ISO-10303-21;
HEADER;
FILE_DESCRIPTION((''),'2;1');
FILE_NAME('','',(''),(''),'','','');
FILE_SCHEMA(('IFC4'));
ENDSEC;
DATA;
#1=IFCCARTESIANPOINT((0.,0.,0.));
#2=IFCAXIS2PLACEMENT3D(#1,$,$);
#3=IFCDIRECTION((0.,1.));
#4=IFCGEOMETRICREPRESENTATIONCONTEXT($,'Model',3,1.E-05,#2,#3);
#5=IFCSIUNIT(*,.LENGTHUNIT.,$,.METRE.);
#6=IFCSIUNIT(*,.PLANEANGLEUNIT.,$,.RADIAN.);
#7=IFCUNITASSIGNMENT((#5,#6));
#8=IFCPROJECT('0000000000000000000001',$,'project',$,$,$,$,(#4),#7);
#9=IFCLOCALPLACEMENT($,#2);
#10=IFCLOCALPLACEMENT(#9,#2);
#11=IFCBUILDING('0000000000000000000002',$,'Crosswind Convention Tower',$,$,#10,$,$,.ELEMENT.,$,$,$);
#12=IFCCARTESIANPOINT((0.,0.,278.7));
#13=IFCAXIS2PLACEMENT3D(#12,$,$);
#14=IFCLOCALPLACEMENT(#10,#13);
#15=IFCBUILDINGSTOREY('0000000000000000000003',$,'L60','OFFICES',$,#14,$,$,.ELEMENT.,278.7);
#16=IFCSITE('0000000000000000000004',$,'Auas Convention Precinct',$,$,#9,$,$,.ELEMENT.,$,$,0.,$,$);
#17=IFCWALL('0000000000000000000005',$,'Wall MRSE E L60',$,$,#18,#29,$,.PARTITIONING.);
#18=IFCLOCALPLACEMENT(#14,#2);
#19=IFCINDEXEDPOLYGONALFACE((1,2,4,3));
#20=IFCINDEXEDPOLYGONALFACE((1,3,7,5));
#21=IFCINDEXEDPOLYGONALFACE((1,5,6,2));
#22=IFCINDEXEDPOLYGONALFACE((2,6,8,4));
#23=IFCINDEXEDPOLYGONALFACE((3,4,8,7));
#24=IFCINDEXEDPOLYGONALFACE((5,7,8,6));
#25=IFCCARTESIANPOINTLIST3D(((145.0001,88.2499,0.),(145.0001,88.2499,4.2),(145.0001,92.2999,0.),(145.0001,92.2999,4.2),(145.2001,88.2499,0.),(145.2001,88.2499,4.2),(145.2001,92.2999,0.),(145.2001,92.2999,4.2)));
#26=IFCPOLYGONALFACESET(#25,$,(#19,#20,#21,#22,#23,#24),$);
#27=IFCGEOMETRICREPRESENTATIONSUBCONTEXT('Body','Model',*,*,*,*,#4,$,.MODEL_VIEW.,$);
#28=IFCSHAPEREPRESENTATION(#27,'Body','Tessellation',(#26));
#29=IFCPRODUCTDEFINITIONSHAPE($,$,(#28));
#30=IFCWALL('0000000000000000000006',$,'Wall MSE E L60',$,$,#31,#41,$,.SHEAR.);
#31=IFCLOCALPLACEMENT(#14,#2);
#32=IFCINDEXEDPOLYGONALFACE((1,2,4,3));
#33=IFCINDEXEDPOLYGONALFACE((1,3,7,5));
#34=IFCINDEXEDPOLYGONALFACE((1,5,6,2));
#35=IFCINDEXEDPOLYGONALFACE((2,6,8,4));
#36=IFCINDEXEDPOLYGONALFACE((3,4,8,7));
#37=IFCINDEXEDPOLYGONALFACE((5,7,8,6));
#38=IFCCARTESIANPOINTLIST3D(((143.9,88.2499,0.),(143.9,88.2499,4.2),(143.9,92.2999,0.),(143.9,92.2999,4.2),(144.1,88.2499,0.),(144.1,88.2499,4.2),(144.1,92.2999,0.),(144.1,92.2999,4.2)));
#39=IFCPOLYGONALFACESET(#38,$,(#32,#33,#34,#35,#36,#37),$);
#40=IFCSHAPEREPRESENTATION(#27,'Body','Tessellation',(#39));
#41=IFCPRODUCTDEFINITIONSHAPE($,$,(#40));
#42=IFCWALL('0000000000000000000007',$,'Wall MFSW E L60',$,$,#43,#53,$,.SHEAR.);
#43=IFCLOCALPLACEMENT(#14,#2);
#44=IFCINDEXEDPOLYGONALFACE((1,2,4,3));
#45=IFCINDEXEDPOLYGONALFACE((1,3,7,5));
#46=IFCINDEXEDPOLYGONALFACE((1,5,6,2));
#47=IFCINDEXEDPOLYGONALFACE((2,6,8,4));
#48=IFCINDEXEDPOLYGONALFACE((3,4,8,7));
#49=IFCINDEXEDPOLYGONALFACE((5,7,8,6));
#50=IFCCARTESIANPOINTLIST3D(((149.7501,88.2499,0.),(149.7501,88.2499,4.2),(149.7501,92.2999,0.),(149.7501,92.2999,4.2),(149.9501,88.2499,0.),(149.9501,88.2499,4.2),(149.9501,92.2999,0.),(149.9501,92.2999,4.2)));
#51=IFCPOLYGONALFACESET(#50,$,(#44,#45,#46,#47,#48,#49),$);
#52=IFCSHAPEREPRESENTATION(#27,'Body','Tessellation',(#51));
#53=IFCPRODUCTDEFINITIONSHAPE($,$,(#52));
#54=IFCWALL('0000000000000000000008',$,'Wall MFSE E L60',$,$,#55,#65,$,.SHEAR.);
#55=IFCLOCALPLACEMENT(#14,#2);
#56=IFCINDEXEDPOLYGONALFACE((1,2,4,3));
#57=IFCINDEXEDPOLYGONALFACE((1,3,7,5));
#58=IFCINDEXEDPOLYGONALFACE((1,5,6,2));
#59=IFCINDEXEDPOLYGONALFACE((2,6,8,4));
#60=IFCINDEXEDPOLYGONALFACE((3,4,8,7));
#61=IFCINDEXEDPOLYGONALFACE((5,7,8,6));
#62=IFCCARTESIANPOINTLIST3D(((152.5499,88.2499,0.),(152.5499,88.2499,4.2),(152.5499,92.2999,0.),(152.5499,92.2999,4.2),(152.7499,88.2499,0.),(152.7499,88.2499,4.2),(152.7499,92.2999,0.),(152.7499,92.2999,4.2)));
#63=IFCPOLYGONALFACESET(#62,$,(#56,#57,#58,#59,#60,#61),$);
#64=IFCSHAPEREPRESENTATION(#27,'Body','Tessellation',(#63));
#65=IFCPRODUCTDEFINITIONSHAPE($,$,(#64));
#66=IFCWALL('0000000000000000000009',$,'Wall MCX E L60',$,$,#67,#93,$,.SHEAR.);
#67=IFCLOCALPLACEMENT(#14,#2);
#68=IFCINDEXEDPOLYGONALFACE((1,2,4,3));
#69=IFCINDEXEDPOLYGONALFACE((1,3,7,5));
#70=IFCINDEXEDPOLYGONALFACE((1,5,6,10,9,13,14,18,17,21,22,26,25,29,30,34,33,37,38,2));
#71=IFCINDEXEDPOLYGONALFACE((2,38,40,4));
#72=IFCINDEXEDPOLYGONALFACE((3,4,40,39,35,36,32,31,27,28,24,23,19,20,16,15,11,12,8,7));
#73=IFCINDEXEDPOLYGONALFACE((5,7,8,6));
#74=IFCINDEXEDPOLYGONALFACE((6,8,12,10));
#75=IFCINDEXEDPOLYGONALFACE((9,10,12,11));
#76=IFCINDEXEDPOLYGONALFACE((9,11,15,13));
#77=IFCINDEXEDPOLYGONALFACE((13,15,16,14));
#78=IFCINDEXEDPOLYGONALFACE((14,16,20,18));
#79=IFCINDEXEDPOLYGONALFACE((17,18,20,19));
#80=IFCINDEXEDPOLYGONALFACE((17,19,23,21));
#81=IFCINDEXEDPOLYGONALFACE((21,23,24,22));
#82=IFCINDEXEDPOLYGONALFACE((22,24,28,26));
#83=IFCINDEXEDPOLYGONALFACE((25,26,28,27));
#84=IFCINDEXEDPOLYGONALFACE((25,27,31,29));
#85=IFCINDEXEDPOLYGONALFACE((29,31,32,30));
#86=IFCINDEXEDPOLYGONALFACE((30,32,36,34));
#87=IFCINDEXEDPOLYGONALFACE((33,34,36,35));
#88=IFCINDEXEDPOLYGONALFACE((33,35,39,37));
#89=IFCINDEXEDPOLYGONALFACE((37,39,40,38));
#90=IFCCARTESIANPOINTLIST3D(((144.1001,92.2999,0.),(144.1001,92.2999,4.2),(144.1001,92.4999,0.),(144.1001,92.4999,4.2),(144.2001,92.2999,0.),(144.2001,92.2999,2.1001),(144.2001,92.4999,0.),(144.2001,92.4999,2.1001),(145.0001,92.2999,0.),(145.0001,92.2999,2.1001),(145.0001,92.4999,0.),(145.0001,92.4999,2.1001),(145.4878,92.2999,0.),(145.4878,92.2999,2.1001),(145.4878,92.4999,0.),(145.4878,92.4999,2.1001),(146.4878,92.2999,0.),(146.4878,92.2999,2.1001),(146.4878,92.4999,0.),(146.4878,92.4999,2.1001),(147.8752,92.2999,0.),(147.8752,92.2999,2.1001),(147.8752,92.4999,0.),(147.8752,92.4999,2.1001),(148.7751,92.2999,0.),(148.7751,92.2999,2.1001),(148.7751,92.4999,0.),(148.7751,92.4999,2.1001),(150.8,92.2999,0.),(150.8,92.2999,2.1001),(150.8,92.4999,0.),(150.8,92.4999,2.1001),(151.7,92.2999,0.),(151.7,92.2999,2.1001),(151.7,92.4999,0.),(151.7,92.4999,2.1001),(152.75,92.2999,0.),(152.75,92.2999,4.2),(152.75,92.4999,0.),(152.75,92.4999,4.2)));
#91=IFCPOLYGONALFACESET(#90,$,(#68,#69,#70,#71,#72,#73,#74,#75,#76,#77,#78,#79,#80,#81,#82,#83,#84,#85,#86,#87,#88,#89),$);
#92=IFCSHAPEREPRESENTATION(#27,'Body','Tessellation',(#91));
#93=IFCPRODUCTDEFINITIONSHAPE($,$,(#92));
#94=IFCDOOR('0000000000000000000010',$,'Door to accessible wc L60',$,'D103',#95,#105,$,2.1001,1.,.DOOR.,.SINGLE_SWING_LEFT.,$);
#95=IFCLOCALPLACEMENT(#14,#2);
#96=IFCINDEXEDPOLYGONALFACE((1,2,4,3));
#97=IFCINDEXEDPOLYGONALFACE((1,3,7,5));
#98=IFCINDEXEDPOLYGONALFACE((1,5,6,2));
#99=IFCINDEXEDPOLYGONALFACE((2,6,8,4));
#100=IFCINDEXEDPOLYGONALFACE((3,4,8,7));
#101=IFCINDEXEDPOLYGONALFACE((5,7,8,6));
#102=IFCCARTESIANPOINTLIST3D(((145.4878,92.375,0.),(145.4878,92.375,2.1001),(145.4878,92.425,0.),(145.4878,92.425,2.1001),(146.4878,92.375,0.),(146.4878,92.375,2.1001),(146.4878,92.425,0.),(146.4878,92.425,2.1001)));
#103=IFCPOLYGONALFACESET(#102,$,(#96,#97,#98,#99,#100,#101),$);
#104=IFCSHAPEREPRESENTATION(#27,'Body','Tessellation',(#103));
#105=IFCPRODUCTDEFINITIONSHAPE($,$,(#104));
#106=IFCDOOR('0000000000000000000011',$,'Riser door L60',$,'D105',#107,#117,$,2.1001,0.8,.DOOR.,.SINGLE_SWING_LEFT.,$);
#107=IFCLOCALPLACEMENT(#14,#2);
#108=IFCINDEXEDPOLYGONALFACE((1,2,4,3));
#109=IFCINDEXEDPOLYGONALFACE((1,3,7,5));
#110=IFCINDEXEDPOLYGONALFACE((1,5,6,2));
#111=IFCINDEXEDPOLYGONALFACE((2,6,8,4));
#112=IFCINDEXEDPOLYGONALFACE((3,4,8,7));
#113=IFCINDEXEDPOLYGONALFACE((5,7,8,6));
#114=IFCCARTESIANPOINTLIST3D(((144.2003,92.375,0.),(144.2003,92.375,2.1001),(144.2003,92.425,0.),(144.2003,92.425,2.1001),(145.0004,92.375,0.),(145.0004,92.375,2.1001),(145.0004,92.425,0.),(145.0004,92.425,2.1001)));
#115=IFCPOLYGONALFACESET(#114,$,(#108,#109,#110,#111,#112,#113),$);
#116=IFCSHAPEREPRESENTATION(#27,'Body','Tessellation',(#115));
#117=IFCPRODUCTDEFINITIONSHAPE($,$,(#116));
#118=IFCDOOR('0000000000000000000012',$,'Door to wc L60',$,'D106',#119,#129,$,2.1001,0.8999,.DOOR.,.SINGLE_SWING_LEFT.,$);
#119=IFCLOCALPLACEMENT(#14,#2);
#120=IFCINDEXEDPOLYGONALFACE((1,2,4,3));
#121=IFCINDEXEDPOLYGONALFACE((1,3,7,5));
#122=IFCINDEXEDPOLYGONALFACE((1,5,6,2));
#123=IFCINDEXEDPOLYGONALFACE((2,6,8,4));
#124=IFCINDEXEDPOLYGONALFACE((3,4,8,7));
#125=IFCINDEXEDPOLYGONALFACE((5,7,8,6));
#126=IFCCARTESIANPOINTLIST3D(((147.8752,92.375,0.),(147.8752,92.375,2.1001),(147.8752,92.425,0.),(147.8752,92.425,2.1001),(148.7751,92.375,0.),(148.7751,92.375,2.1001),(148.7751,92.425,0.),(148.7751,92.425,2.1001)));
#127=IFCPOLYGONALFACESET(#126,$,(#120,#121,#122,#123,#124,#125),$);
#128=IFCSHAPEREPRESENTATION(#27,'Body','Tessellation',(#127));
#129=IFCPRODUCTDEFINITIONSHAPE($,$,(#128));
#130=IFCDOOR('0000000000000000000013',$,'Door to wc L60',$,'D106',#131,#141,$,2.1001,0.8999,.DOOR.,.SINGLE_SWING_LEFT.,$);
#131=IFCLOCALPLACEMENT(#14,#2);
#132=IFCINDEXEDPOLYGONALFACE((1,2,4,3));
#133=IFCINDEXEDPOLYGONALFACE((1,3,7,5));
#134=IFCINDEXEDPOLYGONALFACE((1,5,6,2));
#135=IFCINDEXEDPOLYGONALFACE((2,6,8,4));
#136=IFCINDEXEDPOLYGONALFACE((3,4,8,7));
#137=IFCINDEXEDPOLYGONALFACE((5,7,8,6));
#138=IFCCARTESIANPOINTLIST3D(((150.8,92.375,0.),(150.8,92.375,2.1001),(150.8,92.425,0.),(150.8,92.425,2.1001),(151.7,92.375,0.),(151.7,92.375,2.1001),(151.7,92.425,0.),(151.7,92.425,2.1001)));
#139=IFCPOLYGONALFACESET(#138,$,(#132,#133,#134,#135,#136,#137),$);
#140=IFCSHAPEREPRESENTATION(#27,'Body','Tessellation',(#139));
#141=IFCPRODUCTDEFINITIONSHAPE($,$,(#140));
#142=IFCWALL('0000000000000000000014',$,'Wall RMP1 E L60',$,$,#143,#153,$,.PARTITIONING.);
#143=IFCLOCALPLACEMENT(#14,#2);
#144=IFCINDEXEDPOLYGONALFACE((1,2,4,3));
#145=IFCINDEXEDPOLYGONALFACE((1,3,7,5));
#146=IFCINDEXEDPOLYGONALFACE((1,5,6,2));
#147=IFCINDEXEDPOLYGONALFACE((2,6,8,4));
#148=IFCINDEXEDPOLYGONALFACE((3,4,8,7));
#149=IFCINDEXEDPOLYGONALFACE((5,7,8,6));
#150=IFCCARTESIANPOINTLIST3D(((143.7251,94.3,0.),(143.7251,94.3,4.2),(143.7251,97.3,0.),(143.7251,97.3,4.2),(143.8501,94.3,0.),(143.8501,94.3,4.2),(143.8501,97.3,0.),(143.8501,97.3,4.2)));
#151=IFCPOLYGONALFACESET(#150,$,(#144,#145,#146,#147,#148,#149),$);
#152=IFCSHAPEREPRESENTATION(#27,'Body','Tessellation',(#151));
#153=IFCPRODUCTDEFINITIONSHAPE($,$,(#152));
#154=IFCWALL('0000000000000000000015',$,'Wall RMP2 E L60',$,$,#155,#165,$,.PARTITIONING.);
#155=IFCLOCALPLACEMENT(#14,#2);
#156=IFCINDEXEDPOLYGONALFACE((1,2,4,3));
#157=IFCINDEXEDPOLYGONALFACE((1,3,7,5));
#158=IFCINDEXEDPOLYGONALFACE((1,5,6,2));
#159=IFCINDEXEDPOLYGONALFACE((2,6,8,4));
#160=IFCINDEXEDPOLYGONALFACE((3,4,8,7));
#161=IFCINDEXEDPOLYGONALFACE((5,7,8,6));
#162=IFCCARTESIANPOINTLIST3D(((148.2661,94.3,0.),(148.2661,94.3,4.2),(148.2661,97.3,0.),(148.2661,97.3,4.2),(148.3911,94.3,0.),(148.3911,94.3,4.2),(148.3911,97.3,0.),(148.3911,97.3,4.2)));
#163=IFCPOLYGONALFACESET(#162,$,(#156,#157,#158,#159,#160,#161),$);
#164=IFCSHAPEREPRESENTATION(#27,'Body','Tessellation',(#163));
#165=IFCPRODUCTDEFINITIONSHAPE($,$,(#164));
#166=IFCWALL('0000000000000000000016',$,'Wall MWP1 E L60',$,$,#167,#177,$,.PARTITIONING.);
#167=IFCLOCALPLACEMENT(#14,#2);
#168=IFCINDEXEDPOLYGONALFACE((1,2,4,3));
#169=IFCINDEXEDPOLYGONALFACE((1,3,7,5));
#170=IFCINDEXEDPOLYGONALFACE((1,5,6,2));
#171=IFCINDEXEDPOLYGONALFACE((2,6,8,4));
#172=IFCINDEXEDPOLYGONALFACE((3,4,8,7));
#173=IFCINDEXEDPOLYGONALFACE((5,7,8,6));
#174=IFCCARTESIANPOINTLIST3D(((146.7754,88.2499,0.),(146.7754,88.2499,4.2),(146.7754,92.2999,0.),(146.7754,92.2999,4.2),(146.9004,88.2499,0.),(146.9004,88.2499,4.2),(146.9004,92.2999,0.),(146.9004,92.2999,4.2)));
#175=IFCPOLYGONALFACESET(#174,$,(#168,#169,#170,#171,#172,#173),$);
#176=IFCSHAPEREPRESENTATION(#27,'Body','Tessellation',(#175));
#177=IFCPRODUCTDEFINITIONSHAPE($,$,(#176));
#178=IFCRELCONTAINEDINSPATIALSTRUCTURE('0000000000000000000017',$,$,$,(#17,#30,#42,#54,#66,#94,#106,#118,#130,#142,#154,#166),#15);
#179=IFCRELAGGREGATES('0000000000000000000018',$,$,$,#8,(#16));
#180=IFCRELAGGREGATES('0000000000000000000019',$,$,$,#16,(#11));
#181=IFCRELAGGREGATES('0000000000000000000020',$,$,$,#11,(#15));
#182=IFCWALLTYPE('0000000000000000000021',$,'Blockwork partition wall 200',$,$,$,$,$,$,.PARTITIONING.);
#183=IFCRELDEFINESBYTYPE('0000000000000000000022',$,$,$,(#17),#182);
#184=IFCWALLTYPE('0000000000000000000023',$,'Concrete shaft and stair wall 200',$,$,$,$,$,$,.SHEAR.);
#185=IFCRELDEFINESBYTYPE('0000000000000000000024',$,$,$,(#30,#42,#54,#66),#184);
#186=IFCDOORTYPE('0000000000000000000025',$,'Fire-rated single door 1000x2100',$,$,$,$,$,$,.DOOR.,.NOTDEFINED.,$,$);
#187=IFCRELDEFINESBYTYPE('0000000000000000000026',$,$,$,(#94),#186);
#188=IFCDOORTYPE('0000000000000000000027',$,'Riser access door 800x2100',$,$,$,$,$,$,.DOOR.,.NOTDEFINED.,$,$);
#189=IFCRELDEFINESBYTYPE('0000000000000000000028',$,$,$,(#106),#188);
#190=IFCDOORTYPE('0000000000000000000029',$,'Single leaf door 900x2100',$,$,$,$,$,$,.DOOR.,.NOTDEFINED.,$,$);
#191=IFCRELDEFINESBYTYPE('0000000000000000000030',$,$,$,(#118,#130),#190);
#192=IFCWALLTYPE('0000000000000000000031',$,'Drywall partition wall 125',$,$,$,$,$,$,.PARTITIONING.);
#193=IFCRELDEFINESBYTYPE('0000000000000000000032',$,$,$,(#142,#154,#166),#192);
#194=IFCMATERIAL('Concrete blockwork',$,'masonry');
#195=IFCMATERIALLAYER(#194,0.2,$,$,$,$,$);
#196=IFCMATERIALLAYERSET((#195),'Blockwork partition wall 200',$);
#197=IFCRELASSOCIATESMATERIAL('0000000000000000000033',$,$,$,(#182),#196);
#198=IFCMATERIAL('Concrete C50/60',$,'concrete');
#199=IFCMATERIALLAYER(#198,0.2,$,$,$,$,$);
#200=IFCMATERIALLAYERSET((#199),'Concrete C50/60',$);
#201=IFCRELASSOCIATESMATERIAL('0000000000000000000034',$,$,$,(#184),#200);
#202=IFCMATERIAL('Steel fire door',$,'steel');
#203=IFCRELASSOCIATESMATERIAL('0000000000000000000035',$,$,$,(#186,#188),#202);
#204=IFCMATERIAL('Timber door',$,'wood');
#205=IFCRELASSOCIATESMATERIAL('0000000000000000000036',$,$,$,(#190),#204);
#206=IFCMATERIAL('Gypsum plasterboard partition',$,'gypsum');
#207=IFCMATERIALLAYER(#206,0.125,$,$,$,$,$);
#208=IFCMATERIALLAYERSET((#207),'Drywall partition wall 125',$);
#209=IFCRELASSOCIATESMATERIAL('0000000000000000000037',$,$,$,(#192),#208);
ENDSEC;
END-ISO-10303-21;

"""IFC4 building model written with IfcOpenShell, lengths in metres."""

from ifc_helpers import new_model, si_unit, direction, frame, frame_2d, origin, place, context, subcontext, project, spatial, rectangle, extrude, material, layer, layer_set, type_object, element, fill, save


model = new_model("IFC4")

# Units and contexts
model_context = context("Model", 3, precision=1e-05, world=origin(), true_north=direction((0.0, 1.0)))
body_context = subcontext(model_context, "Body", "Model", "MODEL_VIEW")
ifc_project = project(units=[si_unit("LENGTHUNIT", "METRE"), si_unit("PLANEANGLEUNIT", "RADIAN")], contexts=[model_context])

# Site, building, storey
site_placement = place(None, origin())
site = spatial("IfcSite", under=ifc_project, at=site_placement, Name="Auas Convention Precinct", CompositionType="ELEMENT", RefElevation=0.0)
building_placement = place(site_placement, origin())
building = spatial("IfcBuilding", under=site, at=building_placement, Name="Crosswind Convention Tower", CompositionType="ELEMENT")
storey_placement = place(building_placement, frame((0.0, 0.0, 278.7)))
storey = spatial("IfcBuildingStorey", under=building, at=storey_placement, Name="L60", Description="OFFICES", CompositionType="ELEMENT", Elevation=278.7)

# Walls
ifc_material_1 = material(Name="Concrete blockwork", Category="masonry")
ifc_layer_1 = layer(ifc_material_1, 0.2)
ifc_layer_set_1 = layer_set([ifc_layer_1], Name="Blockwork partition wall 200")
wall_type_1 = type_object("IfcWallType", Name="Blockwork partition wall 200", PredefinedType="PARTITIONING", material=ifc_layer_set_1)
wall_1_placement = place(storey_placement, frame((145.1001, 88.25, 0.0), z_axis=(0.0, 0.0, 1.0), x_axis=(0.0, 1.0, 0.0)))
element("IfcWall", 1, at=wall_1_placement, inside=storey, type_object=wall_type_1, Name="Wall MRSE E L60", PredefinedType="PARTITIONING", context=body_context, shape_type="SweptSolid", body=[
    extrude(rectangle(XDim=4.05, YDim=0.2, at=frame_2d((2.0249, 0.0))), origin(), (0.0, 0.0, 1.0), 4.2),
])
ifc_material_2 = material(Name="Concrete C50/60", Category="concrete")
ifc_layer_2 = layer(ifc_material_2, 0.2)
ifc_layer_set_2 = layer_set([ifc_layer_2], Name="Concrete C50/60")
wall_type_2 = type_object("IfcWallType", Name="Concrete shaft and stair wall 200", PredefinedType="SHEAR", material=ifc_layer_set_2)
for number, where, z_axis, x_axis, name in (
    (2, (144.0, 88.25, 0.0), (0.0, 0.0, 1.0), (0.0, 1.0, 0.0), "Wall MSE E L60"),
    (3, (149.8501, 88.25, 0.0), (0.0, 0.0, 1.0), (0.0, 1.0, 0.0), "Wall MFSW E L60"),
    (4, (152.6499, 88.25, 0.0), (0.0, 0.0, 1.0), (0.0, 1.0, 0.0), "Wall MFSE E L60"),
):
    element("IfcWall", number, at=place(storey_placement, frame(where, z_axis=z_axis, x_axis=x_axis)), inside=storey, type_object=wall_type_2, Name=name, PredefinedType="SHEAR", context=body_context, shape_type="SweptSolid", body=[
        extrude(rectangle(XDim=4.05, YDim=0.2, at=frame_2d((2.0249, 0.0))), origin(), (0.0, 0.0, 1.0), 4.2),
    ])

# Wall, openings, doors
wall_2_placement = place(storey_placement, frame((144.1001, 92.3999, 0.0), z_axis=(0.0, 0.0, 1.0), x_axis=(1.0, 0.0, 0.0)))
wall_2 = element("IfcWall", 5, at=wall_2_placement, inside=storey, type_object=wall_type_2, Name="Wall MCX E L60", PredefinedType="SHEAR", context=body_context, shape_type="SweptSolid", body=[
    extrude(rectangle(XDim=8.6499, YDim=0.2, at=frame_2d((4.325, 0.0))), origin(), (0.0, 0.0, 1.0), 4.2),
])
opening_1_placement = place(wall_2_placement, frame((0.1001, 0.0, 0.0)))
opening_1 = element("IfcOpeningElement", 6, at=opening_1_placement, cuts=wall_2, PredefinedType="OPENING", context=body_context, shape_type="SweptSolid", body=[
    extrude(rectangle(XDim=0.8, YDim=2.1001, at=frame_2d((0.3999, 1.05))), frame((0.0, 0.1099, 0.0), z_axis=(0.0, -1.0, 0.0), x_axis=(1.0, 0.0, 0.0)), (0.0, 0.0, 1.0), 0.22),
])
opening_2_placement = place(wall_2_placement, frame((1.3877, 0.0, 0.0)))
opening_2 = element("IfcOpeningElement", 7, at=opening_2_placement, cuts=wall_2, PredefinedType="OPENING", context=body_context, shape_type="SweptSolid", body=[
    extrude(rectangle(XDim=1.0, YDim=2.1001, at=frame_2d((0.5, 1.05))), frame((0.0, 0.1099, 0.0), z_axis=(0.0, -1.0, 0.0), x_axis=(1.0, 0.0, 0.0)), (0.0, 0.0, 1.0), 0.22),
])
opening_3_placement = place(wall_2_placement, frame((3.7751, 0.0, 0.0)))
opening_3 = element("IfcOpeningElement", 8, at=opening_3_placement, cuts=wall_2, PredefinedType="OPENING", context=body_context, shape_type="SweptSolid", body=[
    extrude(rectangle(XDim=0.8999, YDim=2.1001, at=frame_2d((0.45, 1.05))), frame((0.0, 0.1099, 0.0), z_axis=(0.0, -1.0, 0.0), x_axis=(1.0, 0.0, 0.0)), (0.0, 0.0, 1.0), 0.22),
])
opening_4_placement = place(wall_2_placement, frame((6.7, 0.0, 0.0)))
opening_4 = element("IfcOpeningElement", 9, at=opening_4_placement, cuts=wall_2, PredefinedType="OPENING", context=body_context, shape_type="SweptSolid", body=[
    extrude(rectangle(XDim=0.8999, YDim=2.1001, at=frame_2d((0.45, 1.05))), frame((0.0, 0.1099, 0.0), z_axis=(0.0, -1.0, 0.0), x_axis=(1.0, 0.0, 0.0)), (0.0, 0.0, 1.0), 0.22),
])
ifc_material_3 = material(Name="Steel fire door", Category="steel")
door_type_1 = type_object("IfcDoorType", Name="Fire-rated single door 1000x2100", OperationType="NOTDEFINED", PredefinedType="DOOR", material=ifc_material_3)
door_1_placement = place(opening_2_placement, frame((1.0, 0.0, 0.0), z_axis=(0.0, 0.0, 1.0), x_axis=(-1.0, 0.0, 0.0)))
door_1 = element("IfcDoor", 10, at=door_1_placement, inside=storey, type_object=door_type_1, Name="Door to accessible wc L60", ObjectType="D103", OperationType="SINGLE_SWING_LEFT", OverallHeight=2.1001, OverallWidth=1.0, PredefinedType="DOOR", context=body_context, shape_type="SweptSolid", body=[
    extrude(rectangle(XDim=1.0, YDim=2.1001, at=frame_2d((0.5, 1.05))), frame((0.0, 0.0249, 0.0), z_axis=(0.0, -1.0, 0.0), x_axis=(1.0, 0.0, 0.0)), (0.0, 0.0, 1.0), 0.05),
])
fill(opening_2, door_1)
door_type_2 = type_object("IfcDoorType", Name="Riser access door 800x2100", OperationType="NOTDEFINED", PredefinedType="DOOR", material=ifc_material_3)
door_2_placement = place(opening_1_placement, frame((0.8, 0.0, 0.0), z_axis=(0.0, 0.0, 1.0), x_axis=(-1.0, 0.0, 0.0)))
door_2 = element("IfcDoor", 11, at=door_2_placement, inside=storey, type_object=door_type_2, Name="Riser door L60", ObjectType="D105", OperationType="SINGLE_SWING_LEFT", OverallHeight=2.1001, OverallWidth=0.8, PredefinedType="DOOR", context=body_context, shape_type="SweptSolid", body=[
    extrude(rectangle(XDim=0.8, YDim=2.1001, at=frame_2d((0.3999, 1.05))), frame((0.0, 0.0249, 0.0), z_axis=(0.0, -1.0, 0.0), x_axis=(1.0, 0.0, 0.0)), (0.0, 0.0, 1.0), 0.05),
])
fill(opening_1, door_2)
ifc_material_4 = material(Name="Timber door", Category="wood")
door_type_3 = type_object("IfcDoorType", Name="Single leaf door 900x2100", OperationType="NOTDEFINED", PredefinedType="DOOR", material=ifc_material_4)
door_3_placement = place(opening_3_placement, frame((0.8999, 0.0, 0.0), z_axis=(0.0, 0.0, 1.0), x_axis=(-1.0, 0.0, 0.0)))
door_3 = element("IfcDoor", 12, at=door_3_placement, inside=storey, type_object=door_type_3, Name="Door to wc L60", ObjectType="D106", OperationType="SINGLE_SWING_LEFT", OverallHeight=2.1001, OverallWidth=0.8999, PredefinedType="DOOR", context=body_context, shape_type="SweptSolid", body=[
    extrude(rectangle(XDim=0.8999, YDim=2.1001, at=frame_2d((0.45, 1.05))), frame((0.0, 0.0249, 0.0), z_axis=(0.0, -1.0, 0.0), x_axis=(1.0, 0.0, 0.0)), (0.0, 0.0, 1.0), 0.05),
])
fill(opening_3, door_3)
door_4_placement = place(opening_4_placement, frame((0.8999, 0.0, 0.0), z_axis=(0.0, 0.0, 1.0), x_axis=(-1.0, 0.0, 0.0)))
door_4 = element("IfcDoor", 13, at=door_4_placement, inside=storey, type_object=door_type_3, Name="Door to wc L60", ObjectType="D106", OperationType="SINGLE_SWING_LEFT", OverallHeight=2.1001, OverallWidth=0.8999, PredefinedType="DOOR", context=body_context, shape_type="SweptSolid", body=[
    extrude(rectangle(XDim=0.8999, YDim=2.1001, at=frame_2d((0.45, 1.05))), frame((0.0, 0.0249, 0.0), z_axis=(0.0, -1.0, 0.0), x_axis=(1.0, 0.0, 0.0)), (0.0, 0.0, 1.0), 0.05),
])
fill(opening_4, door_4)

# Walls
ifc_material_5 = material(Name="Gypsum plasterboard partition", Category="gypsum")
ifc_layer_3 = layer(ifc_material_5, 0.125)
ifc_layer_set_3 = layer_set([ifc_layer_3], Name="Drywall partition wall 125")
wall_type_3 = type_object("IfcWallType", Name="Drywall partition wall 125", PredefinedType="PARTITIONING", material=ifc_layer_set_3)
for number, where, z_axis, x_axis, name in (
    (14, (143.7876, 94.3, 0.0), (0.0, 0.0, 1.0), (0.0, 1.0, 0.0), "Wall RMP1 E L60"),
    (15, (148.3286, 94.3, 0.0), (0.0, 0.0, 1.0), (0.0, 1.0, 0.0), "Wall RMP2 E L60"),
):
    element("IfcWall", number, at=place(storey_placement, frame(where, z_axis=z_axis, x_axis=x_axis)), inside=storey, type_object=wall_type_3, Name=name, PredefinedType="PARTITIONING", context=body_context, shape_type="SweptSolid", body=[
        extrude(rectangle(XDim=3.0, YDim=0.125, at=frame_2d((1.5, 0.0))), origin(), (0.0, 0.0, 1.0), 4.2),
    ])
wall_3_placement = place(storey_placement, frame((146.8379, 88.25, 0.0), z_axis=(0.0, 0.0, 1.0), x_axis=(0.0, 1.0, 0.0)))
element("IfcWall", 16, at=wall_3_placement, inside=storey, type_object=wall_type_3, Name="Wall MWP1 E L60", PredefinedType="PARTITIONING", context=body_context, shape_type="SweptSolid", body=[
    extrude(rectangle(XDim=4.05, YDim=0.125, at=frame_2d((2.0249, 0.0))), origin(), (0.0, 0.0, 1.0), 4.2),
])

save(model, "model.ifc")
